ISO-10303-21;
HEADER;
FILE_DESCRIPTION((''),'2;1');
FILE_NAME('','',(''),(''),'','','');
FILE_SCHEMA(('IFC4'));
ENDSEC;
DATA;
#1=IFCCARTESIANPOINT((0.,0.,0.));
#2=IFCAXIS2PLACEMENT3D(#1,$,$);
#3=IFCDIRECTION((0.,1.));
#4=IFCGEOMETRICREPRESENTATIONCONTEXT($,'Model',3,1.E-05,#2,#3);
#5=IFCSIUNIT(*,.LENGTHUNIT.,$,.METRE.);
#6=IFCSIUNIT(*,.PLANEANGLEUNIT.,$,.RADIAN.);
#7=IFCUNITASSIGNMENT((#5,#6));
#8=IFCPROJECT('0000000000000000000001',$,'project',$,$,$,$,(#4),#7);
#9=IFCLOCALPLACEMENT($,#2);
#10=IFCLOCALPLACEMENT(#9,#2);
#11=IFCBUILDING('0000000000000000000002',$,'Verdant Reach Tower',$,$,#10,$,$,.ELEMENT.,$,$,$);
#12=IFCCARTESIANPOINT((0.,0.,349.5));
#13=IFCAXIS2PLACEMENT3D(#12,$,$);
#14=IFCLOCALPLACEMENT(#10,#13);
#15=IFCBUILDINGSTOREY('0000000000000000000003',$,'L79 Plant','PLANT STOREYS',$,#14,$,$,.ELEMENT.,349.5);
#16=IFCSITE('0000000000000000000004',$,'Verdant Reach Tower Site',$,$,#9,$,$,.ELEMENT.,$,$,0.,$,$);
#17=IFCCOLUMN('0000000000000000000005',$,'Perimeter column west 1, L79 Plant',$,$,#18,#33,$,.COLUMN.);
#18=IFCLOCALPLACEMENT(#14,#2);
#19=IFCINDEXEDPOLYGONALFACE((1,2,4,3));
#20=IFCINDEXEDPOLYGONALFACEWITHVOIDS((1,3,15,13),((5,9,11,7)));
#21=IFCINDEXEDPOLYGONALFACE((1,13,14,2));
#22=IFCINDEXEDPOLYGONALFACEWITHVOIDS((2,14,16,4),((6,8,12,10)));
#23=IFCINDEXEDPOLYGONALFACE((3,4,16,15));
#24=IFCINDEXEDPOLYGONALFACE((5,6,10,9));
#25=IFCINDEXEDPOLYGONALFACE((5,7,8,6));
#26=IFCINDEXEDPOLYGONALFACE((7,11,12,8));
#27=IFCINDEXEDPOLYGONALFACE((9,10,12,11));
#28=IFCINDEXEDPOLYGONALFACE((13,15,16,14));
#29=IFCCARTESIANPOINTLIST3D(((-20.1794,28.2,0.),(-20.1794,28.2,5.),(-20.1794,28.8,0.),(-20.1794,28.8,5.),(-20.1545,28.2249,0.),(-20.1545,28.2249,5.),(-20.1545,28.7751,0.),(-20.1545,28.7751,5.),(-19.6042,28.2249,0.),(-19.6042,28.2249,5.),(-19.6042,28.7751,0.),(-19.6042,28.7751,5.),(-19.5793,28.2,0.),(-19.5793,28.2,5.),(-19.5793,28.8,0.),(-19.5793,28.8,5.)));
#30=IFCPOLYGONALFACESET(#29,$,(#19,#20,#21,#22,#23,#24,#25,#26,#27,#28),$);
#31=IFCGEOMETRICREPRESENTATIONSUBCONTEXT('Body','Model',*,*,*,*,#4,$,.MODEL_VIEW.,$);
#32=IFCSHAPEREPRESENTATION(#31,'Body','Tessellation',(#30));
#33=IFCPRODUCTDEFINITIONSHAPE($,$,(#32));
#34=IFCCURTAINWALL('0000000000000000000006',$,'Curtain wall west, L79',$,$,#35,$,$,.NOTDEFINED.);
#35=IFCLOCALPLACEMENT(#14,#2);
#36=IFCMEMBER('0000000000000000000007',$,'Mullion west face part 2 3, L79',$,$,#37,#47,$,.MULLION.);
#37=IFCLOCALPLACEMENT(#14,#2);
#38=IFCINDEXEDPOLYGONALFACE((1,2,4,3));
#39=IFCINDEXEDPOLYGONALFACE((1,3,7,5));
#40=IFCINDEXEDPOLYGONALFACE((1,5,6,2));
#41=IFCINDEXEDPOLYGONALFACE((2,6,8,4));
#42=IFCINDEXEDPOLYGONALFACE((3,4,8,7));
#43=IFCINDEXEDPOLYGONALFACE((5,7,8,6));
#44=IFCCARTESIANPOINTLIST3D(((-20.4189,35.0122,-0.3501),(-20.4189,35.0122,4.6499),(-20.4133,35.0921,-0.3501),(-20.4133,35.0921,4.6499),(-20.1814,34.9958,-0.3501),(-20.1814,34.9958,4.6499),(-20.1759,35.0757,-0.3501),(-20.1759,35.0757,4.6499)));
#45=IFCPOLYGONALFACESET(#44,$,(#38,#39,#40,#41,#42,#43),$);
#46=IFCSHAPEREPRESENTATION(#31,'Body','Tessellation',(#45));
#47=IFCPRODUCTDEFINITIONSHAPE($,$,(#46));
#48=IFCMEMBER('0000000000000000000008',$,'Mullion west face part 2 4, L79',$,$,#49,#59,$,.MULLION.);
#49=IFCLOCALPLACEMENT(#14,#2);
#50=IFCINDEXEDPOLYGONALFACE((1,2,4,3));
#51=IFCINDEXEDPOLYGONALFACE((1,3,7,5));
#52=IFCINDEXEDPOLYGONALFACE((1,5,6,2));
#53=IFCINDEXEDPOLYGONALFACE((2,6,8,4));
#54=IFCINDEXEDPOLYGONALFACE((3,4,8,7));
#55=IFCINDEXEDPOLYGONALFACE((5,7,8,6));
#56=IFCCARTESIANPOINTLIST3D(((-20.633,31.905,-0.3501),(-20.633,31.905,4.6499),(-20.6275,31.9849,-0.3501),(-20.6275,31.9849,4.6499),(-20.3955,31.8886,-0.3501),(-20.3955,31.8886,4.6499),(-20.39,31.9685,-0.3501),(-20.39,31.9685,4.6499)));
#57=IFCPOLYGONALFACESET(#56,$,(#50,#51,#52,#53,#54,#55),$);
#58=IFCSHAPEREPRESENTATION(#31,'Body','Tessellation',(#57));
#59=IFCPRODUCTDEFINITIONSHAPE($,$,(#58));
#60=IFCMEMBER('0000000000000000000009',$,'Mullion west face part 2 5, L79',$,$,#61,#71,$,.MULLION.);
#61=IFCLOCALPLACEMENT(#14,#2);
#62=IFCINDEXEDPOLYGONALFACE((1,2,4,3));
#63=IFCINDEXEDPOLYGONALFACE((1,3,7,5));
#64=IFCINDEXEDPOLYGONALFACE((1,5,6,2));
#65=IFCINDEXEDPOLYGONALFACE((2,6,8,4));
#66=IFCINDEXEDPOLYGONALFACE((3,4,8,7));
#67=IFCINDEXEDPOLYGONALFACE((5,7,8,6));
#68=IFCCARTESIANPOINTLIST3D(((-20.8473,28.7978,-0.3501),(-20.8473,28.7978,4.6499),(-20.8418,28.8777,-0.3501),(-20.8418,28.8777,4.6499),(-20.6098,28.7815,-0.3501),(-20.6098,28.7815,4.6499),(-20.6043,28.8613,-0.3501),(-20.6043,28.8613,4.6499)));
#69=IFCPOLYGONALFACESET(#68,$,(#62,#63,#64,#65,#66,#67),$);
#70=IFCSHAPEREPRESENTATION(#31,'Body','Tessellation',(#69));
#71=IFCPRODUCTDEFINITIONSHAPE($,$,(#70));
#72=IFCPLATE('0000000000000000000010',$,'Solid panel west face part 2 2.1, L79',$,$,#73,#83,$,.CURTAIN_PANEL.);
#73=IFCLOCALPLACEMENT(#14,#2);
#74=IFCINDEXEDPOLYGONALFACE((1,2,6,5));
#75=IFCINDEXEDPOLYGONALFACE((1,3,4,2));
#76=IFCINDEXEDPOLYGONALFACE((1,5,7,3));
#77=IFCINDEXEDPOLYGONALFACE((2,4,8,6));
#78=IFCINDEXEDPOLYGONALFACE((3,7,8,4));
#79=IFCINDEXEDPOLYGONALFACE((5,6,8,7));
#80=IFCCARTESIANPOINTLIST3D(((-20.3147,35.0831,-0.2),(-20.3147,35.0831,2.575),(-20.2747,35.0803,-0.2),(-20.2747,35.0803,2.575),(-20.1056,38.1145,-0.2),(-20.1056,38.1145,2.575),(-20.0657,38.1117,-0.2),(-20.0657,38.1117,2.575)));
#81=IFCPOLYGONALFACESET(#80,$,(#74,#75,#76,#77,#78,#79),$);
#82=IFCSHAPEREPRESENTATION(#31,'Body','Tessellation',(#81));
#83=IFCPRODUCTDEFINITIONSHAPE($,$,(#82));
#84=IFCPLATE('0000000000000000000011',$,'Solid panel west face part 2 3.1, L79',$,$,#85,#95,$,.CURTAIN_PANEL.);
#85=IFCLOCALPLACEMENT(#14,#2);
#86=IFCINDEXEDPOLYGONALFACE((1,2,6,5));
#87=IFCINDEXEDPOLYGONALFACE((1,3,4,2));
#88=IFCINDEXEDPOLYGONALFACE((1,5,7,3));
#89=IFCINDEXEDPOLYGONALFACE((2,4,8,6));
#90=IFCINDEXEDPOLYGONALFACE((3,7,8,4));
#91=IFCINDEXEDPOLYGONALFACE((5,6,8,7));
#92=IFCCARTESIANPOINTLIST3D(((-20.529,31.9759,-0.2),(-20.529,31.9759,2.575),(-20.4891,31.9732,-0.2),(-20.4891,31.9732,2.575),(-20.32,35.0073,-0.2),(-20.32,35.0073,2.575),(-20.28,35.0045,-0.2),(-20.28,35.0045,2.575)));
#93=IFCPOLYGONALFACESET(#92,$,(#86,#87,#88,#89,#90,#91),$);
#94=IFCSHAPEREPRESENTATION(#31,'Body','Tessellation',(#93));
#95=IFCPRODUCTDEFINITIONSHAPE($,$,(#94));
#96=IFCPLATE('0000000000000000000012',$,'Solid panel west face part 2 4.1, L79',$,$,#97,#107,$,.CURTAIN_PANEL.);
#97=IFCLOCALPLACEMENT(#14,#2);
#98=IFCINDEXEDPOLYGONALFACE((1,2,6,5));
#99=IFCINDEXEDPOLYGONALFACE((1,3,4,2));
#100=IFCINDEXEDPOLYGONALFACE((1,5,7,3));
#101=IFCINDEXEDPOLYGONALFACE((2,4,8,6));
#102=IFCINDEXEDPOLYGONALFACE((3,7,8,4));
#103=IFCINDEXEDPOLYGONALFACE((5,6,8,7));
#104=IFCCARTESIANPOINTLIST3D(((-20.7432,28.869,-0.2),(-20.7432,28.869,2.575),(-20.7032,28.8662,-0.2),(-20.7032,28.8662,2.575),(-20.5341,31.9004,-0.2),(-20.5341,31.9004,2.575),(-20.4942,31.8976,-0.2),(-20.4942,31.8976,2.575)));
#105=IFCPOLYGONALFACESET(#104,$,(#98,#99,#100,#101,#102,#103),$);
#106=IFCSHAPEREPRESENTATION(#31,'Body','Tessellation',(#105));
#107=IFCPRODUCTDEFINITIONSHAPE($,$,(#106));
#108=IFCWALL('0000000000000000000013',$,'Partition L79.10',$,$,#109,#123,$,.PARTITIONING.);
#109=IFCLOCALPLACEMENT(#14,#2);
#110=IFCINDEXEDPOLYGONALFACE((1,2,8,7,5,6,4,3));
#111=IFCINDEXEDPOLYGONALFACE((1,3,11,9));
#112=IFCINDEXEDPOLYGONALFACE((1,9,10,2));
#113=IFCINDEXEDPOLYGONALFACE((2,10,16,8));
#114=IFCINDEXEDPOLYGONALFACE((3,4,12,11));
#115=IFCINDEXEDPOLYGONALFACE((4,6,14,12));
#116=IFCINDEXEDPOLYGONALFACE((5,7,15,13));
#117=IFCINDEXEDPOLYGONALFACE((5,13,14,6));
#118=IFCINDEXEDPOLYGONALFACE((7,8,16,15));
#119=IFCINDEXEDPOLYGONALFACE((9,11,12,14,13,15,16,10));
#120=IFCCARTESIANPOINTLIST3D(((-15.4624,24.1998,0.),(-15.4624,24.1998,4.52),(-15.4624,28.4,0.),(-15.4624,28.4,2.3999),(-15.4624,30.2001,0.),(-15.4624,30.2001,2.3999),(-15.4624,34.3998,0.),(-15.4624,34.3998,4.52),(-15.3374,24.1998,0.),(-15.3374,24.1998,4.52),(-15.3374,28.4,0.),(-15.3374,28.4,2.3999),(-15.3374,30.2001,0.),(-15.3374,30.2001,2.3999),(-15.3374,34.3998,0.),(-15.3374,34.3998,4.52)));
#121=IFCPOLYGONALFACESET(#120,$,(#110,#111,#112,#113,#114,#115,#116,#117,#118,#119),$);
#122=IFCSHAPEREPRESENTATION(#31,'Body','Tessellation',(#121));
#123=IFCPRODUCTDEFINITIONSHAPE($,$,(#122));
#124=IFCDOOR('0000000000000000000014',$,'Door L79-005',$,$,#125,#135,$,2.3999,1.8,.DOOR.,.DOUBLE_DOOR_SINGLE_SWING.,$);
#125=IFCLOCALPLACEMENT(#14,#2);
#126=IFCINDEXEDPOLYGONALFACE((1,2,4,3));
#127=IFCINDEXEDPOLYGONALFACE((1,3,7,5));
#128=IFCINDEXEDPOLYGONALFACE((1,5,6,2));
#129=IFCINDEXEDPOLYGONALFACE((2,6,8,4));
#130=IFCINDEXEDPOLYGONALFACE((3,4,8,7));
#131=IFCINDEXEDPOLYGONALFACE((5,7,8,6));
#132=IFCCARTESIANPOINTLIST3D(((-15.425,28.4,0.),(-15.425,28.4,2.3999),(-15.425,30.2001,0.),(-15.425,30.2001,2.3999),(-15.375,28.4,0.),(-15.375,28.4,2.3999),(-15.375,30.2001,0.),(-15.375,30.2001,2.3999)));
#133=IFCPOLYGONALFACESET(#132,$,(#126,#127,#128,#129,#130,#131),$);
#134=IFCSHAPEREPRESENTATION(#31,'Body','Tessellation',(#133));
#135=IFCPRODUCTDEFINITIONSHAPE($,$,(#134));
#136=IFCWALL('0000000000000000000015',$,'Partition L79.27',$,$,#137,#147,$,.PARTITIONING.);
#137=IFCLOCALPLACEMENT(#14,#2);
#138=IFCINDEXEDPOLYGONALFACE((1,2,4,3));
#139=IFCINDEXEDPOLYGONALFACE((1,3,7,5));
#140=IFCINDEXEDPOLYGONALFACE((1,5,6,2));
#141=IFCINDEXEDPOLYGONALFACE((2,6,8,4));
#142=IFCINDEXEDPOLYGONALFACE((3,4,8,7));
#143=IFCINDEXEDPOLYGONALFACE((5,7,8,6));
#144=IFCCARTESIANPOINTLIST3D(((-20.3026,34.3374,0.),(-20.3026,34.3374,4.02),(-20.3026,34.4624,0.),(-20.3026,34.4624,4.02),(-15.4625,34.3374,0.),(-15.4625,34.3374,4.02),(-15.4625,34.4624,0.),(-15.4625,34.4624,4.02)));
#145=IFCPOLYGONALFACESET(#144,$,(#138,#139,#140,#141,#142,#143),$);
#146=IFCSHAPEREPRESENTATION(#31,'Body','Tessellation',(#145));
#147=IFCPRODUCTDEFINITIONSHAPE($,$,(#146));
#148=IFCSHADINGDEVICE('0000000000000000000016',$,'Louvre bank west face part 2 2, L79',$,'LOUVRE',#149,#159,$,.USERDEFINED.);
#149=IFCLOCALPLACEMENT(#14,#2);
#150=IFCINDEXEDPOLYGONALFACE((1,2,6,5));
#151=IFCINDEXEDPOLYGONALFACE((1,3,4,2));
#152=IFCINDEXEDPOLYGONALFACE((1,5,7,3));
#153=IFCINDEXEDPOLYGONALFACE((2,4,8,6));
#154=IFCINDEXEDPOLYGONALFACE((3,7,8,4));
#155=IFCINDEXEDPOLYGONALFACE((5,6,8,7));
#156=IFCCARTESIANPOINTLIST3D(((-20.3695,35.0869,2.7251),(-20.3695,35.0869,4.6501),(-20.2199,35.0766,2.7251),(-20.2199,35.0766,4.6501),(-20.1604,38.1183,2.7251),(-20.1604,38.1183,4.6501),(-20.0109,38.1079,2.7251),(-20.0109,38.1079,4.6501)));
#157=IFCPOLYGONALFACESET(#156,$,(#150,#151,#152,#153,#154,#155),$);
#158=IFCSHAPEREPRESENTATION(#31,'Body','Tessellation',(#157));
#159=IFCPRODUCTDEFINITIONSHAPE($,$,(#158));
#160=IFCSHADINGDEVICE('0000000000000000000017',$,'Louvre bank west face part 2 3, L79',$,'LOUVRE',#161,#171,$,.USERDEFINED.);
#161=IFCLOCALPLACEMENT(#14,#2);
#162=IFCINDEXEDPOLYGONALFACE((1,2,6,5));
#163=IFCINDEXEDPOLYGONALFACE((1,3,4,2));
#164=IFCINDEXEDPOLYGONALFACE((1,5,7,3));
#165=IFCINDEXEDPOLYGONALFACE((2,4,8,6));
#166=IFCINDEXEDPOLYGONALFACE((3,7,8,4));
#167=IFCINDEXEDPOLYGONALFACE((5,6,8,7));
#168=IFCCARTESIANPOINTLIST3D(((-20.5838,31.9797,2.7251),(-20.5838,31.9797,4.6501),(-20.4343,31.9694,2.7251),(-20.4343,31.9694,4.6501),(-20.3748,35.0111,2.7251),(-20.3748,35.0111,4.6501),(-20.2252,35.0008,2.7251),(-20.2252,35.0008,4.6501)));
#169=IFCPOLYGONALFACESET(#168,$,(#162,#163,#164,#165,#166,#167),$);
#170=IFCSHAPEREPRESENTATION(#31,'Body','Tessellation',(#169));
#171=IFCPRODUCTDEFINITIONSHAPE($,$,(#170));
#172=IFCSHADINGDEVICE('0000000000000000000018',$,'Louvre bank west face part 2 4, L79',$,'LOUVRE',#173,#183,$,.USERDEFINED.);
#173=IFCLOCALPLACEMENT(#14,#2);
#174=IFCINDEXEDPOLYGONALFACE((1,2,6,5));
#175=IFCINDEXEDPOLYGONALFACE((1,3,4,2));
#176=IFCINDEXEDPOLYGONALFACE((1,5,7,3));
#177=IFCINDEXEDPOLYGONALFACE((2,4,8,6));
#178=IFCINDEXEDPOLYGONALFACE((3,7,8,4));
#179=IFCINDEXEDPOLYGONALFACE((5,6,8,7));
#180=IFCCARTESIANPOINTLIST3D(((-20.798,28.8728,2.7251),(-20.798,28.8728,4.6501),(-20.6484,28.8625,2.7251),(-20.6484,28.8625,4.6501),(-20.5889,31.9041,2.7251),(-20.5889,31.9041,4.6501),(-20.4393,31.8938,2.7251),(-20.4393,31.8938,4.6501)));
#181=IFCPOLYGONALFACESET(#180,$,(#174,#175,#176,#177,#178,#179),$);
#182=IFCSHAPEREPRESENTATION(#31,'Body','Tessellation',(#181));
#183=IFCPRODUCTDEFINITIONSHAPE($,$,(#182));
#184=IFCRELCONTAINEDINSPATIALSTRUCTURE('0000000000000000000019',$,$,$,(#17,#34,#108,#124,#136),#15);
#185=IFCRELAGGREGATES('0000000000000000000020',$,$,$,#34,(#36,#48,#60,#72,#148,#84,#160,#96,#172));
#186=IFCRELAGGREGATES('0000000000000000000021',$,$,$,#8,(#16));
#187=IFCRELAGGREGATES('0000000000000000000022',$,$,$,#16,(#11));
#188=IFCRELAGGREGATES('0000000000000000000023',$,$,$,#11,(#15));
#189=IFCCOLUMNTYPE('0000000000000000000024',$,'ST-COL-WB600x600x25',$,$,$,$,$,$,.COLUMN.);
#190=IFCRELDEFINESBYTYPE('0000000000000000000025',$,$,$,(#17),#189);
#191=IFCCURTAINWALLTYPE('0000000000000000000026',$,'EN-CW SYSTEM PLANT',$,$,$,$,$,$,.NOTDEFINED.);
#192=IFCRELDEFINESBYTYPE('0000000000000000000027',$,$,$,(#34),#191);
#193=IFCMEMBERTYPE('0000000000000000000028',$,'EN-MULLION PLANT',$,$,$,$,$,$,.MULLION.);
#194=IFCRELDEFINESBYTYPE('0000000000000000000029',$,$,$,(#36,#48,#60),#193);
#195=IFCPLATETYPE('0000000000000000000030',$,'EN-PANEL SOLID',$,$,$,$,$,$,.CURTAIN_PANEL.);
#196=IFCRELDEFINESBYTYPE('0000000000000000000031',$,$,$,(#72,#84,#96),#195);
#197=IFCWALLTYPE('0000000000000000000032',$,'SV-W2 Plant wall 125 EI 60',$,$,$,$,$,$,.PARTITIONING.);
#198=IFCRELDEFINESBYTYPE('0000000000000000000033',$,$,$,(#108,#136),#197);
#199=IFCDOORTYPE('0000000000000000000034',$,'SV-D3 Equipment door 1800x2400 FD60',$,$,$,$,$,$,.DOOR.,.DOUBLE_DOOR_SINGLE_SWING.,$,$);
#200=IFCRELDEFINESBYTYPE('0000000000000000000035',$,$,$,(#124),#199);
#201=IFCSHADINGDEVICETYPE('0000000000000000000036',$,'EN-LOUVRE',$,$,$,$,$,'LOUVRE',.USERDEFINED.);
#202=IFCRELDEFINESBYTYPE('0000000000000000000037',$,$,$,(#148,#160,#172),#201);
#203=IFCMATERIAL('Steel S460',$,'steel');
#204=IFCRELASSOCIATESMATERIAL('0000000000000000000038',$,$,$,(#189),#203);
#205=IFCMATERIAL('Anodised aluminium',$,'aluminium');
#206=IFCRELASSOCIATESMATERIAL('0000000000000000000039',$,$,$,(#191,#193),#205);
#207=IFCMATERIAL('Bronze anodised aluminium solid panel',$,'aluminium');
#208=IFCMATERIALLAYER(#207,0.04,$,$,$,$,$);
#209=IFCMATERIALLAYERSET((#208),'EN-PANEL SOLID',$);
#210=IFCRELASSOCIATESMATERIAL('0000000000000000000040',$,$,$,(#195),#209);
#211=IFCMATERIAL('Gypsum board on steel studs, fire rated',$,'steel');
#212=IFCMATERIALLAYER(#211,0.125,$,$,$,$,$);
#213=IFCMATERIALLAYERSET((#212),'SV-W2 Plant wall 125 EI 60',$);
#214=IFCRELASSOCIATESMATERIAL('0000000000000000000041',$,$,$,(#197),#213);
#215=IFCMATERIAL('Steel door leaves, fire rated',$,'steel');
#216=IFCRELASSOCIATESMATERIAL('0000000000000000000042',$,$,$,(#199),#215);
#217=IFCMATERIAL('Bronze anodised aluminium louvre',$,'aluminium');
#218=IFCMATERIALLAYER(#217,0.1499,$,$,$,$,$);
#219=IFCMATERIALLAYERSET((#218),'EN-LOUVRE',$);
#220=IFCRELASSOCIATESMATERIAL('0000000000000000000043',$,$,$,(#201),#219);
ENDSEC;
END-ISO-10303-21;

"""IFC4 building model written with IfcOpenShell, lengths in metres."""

from ifc_helpers import new_model, si_unit, direction, frame, frame_2d, origin, origin_2d, place, context, subcontext, project, spatial, rectangle, hollow_rectangle, extrude, material, layer, layer_set, material_profile, profile_set, type_object, element, fill, aggregate, save


model = new_model("IFC4")

# Units and contexts
model_context = context("Model", 3, precision=1e-05, world=origin(), true_north=direction((0.0, 1.0)))
body_context = subcontext(model_context, "Body", "Model", "MODEL_VIEW")
ifc_project = project(units=[si_unit("LENGTHUNIT", "METRE"), si_unit("PLANEANGLEUNIT", "RADIAN")], contexts=[model_context])

# Site, building, storey
site_placement = place(None, origin())
site = spatial("IfcSite", under=ifc_project, at=site_placement, Name="Verdant Reach Tower Site", CompositionType="ELEMENT", RefElevation=0.0)
building_placement = place(site_placement, origin())
building = spatial("IfcBuilding", under=site, at=building_placement, Name="Verdant Reach Tower", CompositionType="ELEMENT")
storey_placement = place(building_placement, frame((0.0, 0.0, 349.5)))
storey = spatial("IfcBuildingStorey", under=building, at=storey_placement, Name="L79 Plant", Description="PLANT STOREYS", CompositionType="ELEMENT", Elevation=349.5)

# Column
ifc_material_1 = material(Name="Steel S460", Category="steel")
ifc_material_profile_1 = material_profile(ifc_material_1, hollow_rectangle(XDim=0.6001, YDim=0.6001, WallThickness=0.0249, at=origin_2d()), Name="WB 600x600x25")
ifc_profile_set_1 = profile_set([ifc_material_profile_1], Name="Steel S460")
column_type = type_object("IfcColumnType", Name="ST-COL-WB600x600x25", PredefinedType="COLUMN", material=ifc_profile_set_1)
column_placement = place(storey_placement, frame((-19.8794, 28.5, 0.0), z_axis=(0.0, 0.0, 1.0), x_axis=(1.0, 0.0, 0.0)))
element("IfcColumn", 1, at=column_placement, inside=storey, type_object=column_type, Name="Perimeter column west 1, L79 Plant", PredefinedType="COLUMN", context=body_context, shape_type="SweptSolid", body=[
    extrude(hollow_rectangle(XDim=0.6001, YDim=0.6001, WallThickness=0.0249, at=origin_2d()), origin(), (0.0, 0.0, 1.0), 5.0),
])

# Curtain wall, members, plates
ifc_material_2 = material(Name="Anodised aluminium", Category="aluminium")
curtain_wall_type = type_object("IfcCurtainWallType", Name="EN-CW SYSTEM PLANT", PredefinedType="NOTDEFINED", material=ifc_material_2)
curtain_wall_placement = place(storey_placement, origin())
curtain_wall = element("IfcCurtainWall", 2, at=curtain_wall_placement, inside=storey, type_object=curtain_wall_type, Name="Curtain wall west, L79", PredefinedType="NOTDEFINED")
ifc_material_profile_2 = material_profile(ifc_material_2, rectangle(XDim=0.238, YDim=0.0801, at=origin_2d()), Name="Mullion 80x240")
ifc_profile_set_2 = profile_set([ifc_material_profile_2], Name="Anodised aluminium")
member_type = type_object("IfcMemberType", Name="EN-MULLION PLANT", PredefinedType="MULLION", material=ifc_profile_set_2)
member_1_placement = place(storey_placement, frame((-20.2974, 35.0439, -0.3501), z_axis=(0.0, 0.0, 1.0), x_axis=(-0.99763, 0.068802, 0.0)))
member_1 = element("IfcMember", 3, at=member_1_placement, type_object=member_type, Name="Mullion west face part 2 3, L79", PredefinedType="MULLION", context=body_context, shape_type="SweptSolid", body=[
    extrude(rectangle(XDim=0.238, YDim=0.0801, at=origin_2d()), origin(), (0.0, 0.0, 1.0), 5.0),
])
member_2_placement = place(storey_placement, frame((-20.5115, 31.9368, -0.3501), z_axis=(0.0, 0.0, 1.0), x_axis=(-0.99763, 0.068802, 0.0)))
member_2 = element("IfcMember", 4, at=member_2_placement, type_object=member_type, Name="Mullion west face part 2 4, L79", PredefinedType="MULLION", context=body_context, shape_type="SweptSolid", body=[
    extrude(rectangle(XDim=0.238, YDim=0.0801, at=origin_2d()), origin(), (0.0, 0.0, 1.0), 5.0),
])
member_3_placement = place(storey_placement, frame((-20.7258, 28.8296, -0.3501), z_axis=(0.0, 0.0, 1.0), x_axis=(-0.99763, 0.068802, 0.0)))
member_3 = element("IfcMember", 5, at=member_3_placement, type_object=member_type, Name="Mullion west face part 2 5, L79", PredefinedType="MULLION", context=body_context, shape_type="SweptSolid", body=[
    extrude(rectangle(XDim=0.238, YDim=0.0801, at=origin_2d()), origin(), (0.0, 0.0, 1.0), 5.0),
])
ifc_material_3 = material(Name="Bronze anodised aluminium solid panel", Category="aluminium")
ifc_layer_1 = layer(ifc_material_3, 0.04)
ifc_layer_set_1 = layer_set([ifc_layer_1], Name="EN-PANEL SOLID")
plate_type = type_object("IfcPlateType", Name="EN-PANEL SOLID", PredefinedType="CURTAIN_PANEL", material=ifc_layer_set_1)
plate_1_placement = place(storey_placement, frame((-20.1902, 36.5974, -0.2), z_axis=(0.0, 0.0, 1.0), x_axis=(-0.068802, -0.99763, 0.0)))
plate_1 = element("IfcPlate", 6, at=plate_1_placement, type_object=plate_type, Name="Solid panel west face part 2 2.1, L79", PredefinedType="CURTAIN_PANEL", context=body_context, shape_type="SweptSolid", body=[
    extrude(rectangle(XDim=3.0386, YDim=0.04, at=origin_2d()), origin(), (0.0, 0.0, 1.0), 2.7749),
])
plate_2_placement = place(storey_placement, frame((-20.4045, 33.4902, -0.2), z_axis=(0.0, 0.0, 1.0), x_axis=(-0.068802, -0.99763, 0.0)))
plate_2 = element("IfcPlate", 7, at=plate_2_placement, type_object=plate_type, Name="Solid panel west face part 2 3.1, L79", PredefinedType="CURTAIN_PANEL", context=body_context, shape_type="SweptSolid", body=[
    extrude(rectangle(XDim=3.0386, YDim=0.04, at=origin_2d()), origin(), (0.0, 0.0, 1.0), 2.7749),
])
plate_3_placement = place(storey_placement, frame((-20.6187, 30.3833, -0.2), z_axis=(0.0, 0.0, 1.0), x_axis=(-0.068802, -0.99763, 0.0)))
plate_3 = element("IfcPlate", 8, at=plate_3_placement, type_object=plate_type, Name="Solid panel west face part 2 4.1, L79", PredefinedType="CURTAIN_PANEL", context=body_context, shape_type="SweptSolid", body=[
    extrude(rectangle(XDim=3.0386, YDim=0.04, at=origin_2d()), origin(), (0.0, 0.0, 1.0), 2.7749),
])

# Wall, opening, door
ifc_material_4 = material(Name="Gypsum board on steel studs, fire rated", Category="steel")
ifc_layer_2 = layer(ifc_material_4, 0.125)
ifc_layer_set_2 = layer_set([ifc_layer_2], Name="SV-W2 Plant wall 125 EI 60")
wall_type = type_object("IfcWallType", Name="SV-W2 Plant wall 125 EI 60", PredefinedType="PARTITIONING", material=ifc_layer_set_2)
wall_1_placement = place(storey_placement, frame((-15.3999, 34.3999, 0.0), z_axis=(0.0, 0.0, 1.0), x_axis=(0.0, -1.0, 0.0)))
wall_1 = element("IfcWall", 9, at=wall_1_placement, inside=storey, type_object=wall_type, Name="Partition L79.10", PredefinedType="PARTITIONING", context=body_context, shape_type="SweptSolid", body=[
    extrude(rectangle(XDim=10.2, YDim=0.125, at=frame_2d((5.1001, 0.0))), origin(), (0.0, 0.0, 1.0), 4.52),
])
opening_placement = place(wall_1_placement, frame((4.2, 0.0, 0.0)))
opening = element("IfcOpeningElement", 10, at=opening_placement, cuts=wall_1, PredefinedType="OPENING", context=body_context, shape_type="SweptSolid", body=[
    extrude(rectangle(XDim=1.8, YDim=2.3999, at=frame_2d((0.8999, 1.2))), frame((0.0, 0.0725, 0.0), z_axis=(0.0, -1.0, 0.0), x_axis=(1.0, 0.0, 0.0)), (0.0, 0.0, 1.0), 0.145),
])
ifc_material_5 = material(Name="Steel door leaves, fire rated", Category="steel")
door_type = type_object("IfcDoorType", Name="SV-D3 Equipment door 1800x2400 FD60", OperationType="DOUBLE_DOOR_SINGLE_SWING", PredefinedType="DOOR", material=ifc_material_5)
door_placement = place(opening_placement, origin())
door = element("IfcDoor", 11, at=door_placement, inside=storey, type_object=door_type, Name="Door L79-005", OperationType="DOUBLE_DOOR_SINGLE_SWING", OverallHeight=2.3999, OverallWidth=1.8, PredefinedType="DOOR", context=body_context, shape_type="SweptSolid", body=[
    extrude(rectangle(XDim=1.8, YDim=2.3999, at=frame_2d((0.8999, 1.2))), frame((0.0, 0.0249, 0.0), z_axis=(0.0, -1.0, 0.0), x_axis=(1.0, 0.0, 0.0)), (0.0, 0.0, 1.0), 0.05),
])
fill(opening, door)

# Wall
wall_2_placement = place(storey_placement, frame((-20.3025, 34.3999, 0.0), z_axis=(0.0, 0.0, 1.0), x_axis=(1.0, 0.0, 0.0)))
element("IfcWall", 12, at=wall_2_placement, inside=storey, type_object=wall_type, Name="Partition L79.27", PredefinedType="PARTITIONING", context=body_context, shape_type="SweptSolid", body=[
    extrude(rectangle(XDim=4.8401, YDim=0.125, at=frame_2d((2.4199, 0.0))), origin(), (0.0, 0.0, 1.0), 4.02),
])

# Shading devices
ifc_material_6 = material(Name="Bronze anodised aluminium louvre", Category="aluminium")
ifc_layer_3 = layer(ifc_material_6, 0.1499)
ifc_layer_set_3 = layer_set([ifc_layer_3], Name="EN-LOUVRE")
shading_device_type = type_object("IfcShadingDeviceType", Name="EN-LOUVRE", ElementType="LOUVRE", PredefinedType="USERDEFINED", material=ifc_layer_set_3)
shading_device_1_placement = place(storey_placement, frame((-20.1902, 36.5974, 2.7251), z_axis=(0.0, 0.0, 1.0), x_axis=(-0.068802, -0.99763, 0.0)))
shading_device_1 = element("IfcShadingDevice", 13, at=shading_device_1_placement, type_object=shading_device_type, Name="Louvre bank west face part 2 2, L79", ObjectType="LOUVRE", PredefinedType="USERDEFINED", context=body_context, shape_type="SweptSolid", body=[
    extrude(rectangle(XDim=3.0386, YDim=0.1499, at=origin_2d()), origin(), (0.0, 0.0, 1.0), 1.925),
])
shading_device_2_placement = place(storey_placement, frame((-20.4045, 33.4902, 2.7251), z_axis=(0.0, 0.0, 1.0), x_axis=(-0.068802, -0.99763, 0.0)))
shading_device_2 = element("IfcShadingDevice", 14, at=shading_device_2_placement, type_object=shading_device_type, Name="Louvre bank west face part 2 3, L79", ObjectType="LOUVRE", PredefinedType="USERDEFINED", context=body_context, shape_type="SweptSolid", body=[
    extrude(rectangle(XDim=3.0386, YDim=0.1499, at=origin_2d()), origin(), (0.0, 0.0, 1.0), 1.925),
])
shading_device_3_placement = place(storey_placement, frame((-20.6187, 30.3833, 2.7251), z_axis=(0.0, 0.0, 1.0), x_axis=(-0.068802, -0.99763, 0.0)))
shading_device_3 = element("IfcShadingDevice", 15, at=shading_device_3_placement, type_object=shading_device_type, Name="Louvre bank west face part 2 4, L79", ObjectType="LOUVRE", PredefinedType="USERDEFINED", context=body_context, shape_type="SweptSolid", body=[
    extrude(rectangle(XDim=3.0386, YDim=0.1499, at=origin_2d()), origin(), (0.0, 0.0, 1.0), 1.925),
])
aggregate(curtain_wall, [member_1, member_2, member_3, plate_1, shading_device_1, plate_2, shading_device_2, plate_3, shading_device_3])

save(model, "model.ifc")
